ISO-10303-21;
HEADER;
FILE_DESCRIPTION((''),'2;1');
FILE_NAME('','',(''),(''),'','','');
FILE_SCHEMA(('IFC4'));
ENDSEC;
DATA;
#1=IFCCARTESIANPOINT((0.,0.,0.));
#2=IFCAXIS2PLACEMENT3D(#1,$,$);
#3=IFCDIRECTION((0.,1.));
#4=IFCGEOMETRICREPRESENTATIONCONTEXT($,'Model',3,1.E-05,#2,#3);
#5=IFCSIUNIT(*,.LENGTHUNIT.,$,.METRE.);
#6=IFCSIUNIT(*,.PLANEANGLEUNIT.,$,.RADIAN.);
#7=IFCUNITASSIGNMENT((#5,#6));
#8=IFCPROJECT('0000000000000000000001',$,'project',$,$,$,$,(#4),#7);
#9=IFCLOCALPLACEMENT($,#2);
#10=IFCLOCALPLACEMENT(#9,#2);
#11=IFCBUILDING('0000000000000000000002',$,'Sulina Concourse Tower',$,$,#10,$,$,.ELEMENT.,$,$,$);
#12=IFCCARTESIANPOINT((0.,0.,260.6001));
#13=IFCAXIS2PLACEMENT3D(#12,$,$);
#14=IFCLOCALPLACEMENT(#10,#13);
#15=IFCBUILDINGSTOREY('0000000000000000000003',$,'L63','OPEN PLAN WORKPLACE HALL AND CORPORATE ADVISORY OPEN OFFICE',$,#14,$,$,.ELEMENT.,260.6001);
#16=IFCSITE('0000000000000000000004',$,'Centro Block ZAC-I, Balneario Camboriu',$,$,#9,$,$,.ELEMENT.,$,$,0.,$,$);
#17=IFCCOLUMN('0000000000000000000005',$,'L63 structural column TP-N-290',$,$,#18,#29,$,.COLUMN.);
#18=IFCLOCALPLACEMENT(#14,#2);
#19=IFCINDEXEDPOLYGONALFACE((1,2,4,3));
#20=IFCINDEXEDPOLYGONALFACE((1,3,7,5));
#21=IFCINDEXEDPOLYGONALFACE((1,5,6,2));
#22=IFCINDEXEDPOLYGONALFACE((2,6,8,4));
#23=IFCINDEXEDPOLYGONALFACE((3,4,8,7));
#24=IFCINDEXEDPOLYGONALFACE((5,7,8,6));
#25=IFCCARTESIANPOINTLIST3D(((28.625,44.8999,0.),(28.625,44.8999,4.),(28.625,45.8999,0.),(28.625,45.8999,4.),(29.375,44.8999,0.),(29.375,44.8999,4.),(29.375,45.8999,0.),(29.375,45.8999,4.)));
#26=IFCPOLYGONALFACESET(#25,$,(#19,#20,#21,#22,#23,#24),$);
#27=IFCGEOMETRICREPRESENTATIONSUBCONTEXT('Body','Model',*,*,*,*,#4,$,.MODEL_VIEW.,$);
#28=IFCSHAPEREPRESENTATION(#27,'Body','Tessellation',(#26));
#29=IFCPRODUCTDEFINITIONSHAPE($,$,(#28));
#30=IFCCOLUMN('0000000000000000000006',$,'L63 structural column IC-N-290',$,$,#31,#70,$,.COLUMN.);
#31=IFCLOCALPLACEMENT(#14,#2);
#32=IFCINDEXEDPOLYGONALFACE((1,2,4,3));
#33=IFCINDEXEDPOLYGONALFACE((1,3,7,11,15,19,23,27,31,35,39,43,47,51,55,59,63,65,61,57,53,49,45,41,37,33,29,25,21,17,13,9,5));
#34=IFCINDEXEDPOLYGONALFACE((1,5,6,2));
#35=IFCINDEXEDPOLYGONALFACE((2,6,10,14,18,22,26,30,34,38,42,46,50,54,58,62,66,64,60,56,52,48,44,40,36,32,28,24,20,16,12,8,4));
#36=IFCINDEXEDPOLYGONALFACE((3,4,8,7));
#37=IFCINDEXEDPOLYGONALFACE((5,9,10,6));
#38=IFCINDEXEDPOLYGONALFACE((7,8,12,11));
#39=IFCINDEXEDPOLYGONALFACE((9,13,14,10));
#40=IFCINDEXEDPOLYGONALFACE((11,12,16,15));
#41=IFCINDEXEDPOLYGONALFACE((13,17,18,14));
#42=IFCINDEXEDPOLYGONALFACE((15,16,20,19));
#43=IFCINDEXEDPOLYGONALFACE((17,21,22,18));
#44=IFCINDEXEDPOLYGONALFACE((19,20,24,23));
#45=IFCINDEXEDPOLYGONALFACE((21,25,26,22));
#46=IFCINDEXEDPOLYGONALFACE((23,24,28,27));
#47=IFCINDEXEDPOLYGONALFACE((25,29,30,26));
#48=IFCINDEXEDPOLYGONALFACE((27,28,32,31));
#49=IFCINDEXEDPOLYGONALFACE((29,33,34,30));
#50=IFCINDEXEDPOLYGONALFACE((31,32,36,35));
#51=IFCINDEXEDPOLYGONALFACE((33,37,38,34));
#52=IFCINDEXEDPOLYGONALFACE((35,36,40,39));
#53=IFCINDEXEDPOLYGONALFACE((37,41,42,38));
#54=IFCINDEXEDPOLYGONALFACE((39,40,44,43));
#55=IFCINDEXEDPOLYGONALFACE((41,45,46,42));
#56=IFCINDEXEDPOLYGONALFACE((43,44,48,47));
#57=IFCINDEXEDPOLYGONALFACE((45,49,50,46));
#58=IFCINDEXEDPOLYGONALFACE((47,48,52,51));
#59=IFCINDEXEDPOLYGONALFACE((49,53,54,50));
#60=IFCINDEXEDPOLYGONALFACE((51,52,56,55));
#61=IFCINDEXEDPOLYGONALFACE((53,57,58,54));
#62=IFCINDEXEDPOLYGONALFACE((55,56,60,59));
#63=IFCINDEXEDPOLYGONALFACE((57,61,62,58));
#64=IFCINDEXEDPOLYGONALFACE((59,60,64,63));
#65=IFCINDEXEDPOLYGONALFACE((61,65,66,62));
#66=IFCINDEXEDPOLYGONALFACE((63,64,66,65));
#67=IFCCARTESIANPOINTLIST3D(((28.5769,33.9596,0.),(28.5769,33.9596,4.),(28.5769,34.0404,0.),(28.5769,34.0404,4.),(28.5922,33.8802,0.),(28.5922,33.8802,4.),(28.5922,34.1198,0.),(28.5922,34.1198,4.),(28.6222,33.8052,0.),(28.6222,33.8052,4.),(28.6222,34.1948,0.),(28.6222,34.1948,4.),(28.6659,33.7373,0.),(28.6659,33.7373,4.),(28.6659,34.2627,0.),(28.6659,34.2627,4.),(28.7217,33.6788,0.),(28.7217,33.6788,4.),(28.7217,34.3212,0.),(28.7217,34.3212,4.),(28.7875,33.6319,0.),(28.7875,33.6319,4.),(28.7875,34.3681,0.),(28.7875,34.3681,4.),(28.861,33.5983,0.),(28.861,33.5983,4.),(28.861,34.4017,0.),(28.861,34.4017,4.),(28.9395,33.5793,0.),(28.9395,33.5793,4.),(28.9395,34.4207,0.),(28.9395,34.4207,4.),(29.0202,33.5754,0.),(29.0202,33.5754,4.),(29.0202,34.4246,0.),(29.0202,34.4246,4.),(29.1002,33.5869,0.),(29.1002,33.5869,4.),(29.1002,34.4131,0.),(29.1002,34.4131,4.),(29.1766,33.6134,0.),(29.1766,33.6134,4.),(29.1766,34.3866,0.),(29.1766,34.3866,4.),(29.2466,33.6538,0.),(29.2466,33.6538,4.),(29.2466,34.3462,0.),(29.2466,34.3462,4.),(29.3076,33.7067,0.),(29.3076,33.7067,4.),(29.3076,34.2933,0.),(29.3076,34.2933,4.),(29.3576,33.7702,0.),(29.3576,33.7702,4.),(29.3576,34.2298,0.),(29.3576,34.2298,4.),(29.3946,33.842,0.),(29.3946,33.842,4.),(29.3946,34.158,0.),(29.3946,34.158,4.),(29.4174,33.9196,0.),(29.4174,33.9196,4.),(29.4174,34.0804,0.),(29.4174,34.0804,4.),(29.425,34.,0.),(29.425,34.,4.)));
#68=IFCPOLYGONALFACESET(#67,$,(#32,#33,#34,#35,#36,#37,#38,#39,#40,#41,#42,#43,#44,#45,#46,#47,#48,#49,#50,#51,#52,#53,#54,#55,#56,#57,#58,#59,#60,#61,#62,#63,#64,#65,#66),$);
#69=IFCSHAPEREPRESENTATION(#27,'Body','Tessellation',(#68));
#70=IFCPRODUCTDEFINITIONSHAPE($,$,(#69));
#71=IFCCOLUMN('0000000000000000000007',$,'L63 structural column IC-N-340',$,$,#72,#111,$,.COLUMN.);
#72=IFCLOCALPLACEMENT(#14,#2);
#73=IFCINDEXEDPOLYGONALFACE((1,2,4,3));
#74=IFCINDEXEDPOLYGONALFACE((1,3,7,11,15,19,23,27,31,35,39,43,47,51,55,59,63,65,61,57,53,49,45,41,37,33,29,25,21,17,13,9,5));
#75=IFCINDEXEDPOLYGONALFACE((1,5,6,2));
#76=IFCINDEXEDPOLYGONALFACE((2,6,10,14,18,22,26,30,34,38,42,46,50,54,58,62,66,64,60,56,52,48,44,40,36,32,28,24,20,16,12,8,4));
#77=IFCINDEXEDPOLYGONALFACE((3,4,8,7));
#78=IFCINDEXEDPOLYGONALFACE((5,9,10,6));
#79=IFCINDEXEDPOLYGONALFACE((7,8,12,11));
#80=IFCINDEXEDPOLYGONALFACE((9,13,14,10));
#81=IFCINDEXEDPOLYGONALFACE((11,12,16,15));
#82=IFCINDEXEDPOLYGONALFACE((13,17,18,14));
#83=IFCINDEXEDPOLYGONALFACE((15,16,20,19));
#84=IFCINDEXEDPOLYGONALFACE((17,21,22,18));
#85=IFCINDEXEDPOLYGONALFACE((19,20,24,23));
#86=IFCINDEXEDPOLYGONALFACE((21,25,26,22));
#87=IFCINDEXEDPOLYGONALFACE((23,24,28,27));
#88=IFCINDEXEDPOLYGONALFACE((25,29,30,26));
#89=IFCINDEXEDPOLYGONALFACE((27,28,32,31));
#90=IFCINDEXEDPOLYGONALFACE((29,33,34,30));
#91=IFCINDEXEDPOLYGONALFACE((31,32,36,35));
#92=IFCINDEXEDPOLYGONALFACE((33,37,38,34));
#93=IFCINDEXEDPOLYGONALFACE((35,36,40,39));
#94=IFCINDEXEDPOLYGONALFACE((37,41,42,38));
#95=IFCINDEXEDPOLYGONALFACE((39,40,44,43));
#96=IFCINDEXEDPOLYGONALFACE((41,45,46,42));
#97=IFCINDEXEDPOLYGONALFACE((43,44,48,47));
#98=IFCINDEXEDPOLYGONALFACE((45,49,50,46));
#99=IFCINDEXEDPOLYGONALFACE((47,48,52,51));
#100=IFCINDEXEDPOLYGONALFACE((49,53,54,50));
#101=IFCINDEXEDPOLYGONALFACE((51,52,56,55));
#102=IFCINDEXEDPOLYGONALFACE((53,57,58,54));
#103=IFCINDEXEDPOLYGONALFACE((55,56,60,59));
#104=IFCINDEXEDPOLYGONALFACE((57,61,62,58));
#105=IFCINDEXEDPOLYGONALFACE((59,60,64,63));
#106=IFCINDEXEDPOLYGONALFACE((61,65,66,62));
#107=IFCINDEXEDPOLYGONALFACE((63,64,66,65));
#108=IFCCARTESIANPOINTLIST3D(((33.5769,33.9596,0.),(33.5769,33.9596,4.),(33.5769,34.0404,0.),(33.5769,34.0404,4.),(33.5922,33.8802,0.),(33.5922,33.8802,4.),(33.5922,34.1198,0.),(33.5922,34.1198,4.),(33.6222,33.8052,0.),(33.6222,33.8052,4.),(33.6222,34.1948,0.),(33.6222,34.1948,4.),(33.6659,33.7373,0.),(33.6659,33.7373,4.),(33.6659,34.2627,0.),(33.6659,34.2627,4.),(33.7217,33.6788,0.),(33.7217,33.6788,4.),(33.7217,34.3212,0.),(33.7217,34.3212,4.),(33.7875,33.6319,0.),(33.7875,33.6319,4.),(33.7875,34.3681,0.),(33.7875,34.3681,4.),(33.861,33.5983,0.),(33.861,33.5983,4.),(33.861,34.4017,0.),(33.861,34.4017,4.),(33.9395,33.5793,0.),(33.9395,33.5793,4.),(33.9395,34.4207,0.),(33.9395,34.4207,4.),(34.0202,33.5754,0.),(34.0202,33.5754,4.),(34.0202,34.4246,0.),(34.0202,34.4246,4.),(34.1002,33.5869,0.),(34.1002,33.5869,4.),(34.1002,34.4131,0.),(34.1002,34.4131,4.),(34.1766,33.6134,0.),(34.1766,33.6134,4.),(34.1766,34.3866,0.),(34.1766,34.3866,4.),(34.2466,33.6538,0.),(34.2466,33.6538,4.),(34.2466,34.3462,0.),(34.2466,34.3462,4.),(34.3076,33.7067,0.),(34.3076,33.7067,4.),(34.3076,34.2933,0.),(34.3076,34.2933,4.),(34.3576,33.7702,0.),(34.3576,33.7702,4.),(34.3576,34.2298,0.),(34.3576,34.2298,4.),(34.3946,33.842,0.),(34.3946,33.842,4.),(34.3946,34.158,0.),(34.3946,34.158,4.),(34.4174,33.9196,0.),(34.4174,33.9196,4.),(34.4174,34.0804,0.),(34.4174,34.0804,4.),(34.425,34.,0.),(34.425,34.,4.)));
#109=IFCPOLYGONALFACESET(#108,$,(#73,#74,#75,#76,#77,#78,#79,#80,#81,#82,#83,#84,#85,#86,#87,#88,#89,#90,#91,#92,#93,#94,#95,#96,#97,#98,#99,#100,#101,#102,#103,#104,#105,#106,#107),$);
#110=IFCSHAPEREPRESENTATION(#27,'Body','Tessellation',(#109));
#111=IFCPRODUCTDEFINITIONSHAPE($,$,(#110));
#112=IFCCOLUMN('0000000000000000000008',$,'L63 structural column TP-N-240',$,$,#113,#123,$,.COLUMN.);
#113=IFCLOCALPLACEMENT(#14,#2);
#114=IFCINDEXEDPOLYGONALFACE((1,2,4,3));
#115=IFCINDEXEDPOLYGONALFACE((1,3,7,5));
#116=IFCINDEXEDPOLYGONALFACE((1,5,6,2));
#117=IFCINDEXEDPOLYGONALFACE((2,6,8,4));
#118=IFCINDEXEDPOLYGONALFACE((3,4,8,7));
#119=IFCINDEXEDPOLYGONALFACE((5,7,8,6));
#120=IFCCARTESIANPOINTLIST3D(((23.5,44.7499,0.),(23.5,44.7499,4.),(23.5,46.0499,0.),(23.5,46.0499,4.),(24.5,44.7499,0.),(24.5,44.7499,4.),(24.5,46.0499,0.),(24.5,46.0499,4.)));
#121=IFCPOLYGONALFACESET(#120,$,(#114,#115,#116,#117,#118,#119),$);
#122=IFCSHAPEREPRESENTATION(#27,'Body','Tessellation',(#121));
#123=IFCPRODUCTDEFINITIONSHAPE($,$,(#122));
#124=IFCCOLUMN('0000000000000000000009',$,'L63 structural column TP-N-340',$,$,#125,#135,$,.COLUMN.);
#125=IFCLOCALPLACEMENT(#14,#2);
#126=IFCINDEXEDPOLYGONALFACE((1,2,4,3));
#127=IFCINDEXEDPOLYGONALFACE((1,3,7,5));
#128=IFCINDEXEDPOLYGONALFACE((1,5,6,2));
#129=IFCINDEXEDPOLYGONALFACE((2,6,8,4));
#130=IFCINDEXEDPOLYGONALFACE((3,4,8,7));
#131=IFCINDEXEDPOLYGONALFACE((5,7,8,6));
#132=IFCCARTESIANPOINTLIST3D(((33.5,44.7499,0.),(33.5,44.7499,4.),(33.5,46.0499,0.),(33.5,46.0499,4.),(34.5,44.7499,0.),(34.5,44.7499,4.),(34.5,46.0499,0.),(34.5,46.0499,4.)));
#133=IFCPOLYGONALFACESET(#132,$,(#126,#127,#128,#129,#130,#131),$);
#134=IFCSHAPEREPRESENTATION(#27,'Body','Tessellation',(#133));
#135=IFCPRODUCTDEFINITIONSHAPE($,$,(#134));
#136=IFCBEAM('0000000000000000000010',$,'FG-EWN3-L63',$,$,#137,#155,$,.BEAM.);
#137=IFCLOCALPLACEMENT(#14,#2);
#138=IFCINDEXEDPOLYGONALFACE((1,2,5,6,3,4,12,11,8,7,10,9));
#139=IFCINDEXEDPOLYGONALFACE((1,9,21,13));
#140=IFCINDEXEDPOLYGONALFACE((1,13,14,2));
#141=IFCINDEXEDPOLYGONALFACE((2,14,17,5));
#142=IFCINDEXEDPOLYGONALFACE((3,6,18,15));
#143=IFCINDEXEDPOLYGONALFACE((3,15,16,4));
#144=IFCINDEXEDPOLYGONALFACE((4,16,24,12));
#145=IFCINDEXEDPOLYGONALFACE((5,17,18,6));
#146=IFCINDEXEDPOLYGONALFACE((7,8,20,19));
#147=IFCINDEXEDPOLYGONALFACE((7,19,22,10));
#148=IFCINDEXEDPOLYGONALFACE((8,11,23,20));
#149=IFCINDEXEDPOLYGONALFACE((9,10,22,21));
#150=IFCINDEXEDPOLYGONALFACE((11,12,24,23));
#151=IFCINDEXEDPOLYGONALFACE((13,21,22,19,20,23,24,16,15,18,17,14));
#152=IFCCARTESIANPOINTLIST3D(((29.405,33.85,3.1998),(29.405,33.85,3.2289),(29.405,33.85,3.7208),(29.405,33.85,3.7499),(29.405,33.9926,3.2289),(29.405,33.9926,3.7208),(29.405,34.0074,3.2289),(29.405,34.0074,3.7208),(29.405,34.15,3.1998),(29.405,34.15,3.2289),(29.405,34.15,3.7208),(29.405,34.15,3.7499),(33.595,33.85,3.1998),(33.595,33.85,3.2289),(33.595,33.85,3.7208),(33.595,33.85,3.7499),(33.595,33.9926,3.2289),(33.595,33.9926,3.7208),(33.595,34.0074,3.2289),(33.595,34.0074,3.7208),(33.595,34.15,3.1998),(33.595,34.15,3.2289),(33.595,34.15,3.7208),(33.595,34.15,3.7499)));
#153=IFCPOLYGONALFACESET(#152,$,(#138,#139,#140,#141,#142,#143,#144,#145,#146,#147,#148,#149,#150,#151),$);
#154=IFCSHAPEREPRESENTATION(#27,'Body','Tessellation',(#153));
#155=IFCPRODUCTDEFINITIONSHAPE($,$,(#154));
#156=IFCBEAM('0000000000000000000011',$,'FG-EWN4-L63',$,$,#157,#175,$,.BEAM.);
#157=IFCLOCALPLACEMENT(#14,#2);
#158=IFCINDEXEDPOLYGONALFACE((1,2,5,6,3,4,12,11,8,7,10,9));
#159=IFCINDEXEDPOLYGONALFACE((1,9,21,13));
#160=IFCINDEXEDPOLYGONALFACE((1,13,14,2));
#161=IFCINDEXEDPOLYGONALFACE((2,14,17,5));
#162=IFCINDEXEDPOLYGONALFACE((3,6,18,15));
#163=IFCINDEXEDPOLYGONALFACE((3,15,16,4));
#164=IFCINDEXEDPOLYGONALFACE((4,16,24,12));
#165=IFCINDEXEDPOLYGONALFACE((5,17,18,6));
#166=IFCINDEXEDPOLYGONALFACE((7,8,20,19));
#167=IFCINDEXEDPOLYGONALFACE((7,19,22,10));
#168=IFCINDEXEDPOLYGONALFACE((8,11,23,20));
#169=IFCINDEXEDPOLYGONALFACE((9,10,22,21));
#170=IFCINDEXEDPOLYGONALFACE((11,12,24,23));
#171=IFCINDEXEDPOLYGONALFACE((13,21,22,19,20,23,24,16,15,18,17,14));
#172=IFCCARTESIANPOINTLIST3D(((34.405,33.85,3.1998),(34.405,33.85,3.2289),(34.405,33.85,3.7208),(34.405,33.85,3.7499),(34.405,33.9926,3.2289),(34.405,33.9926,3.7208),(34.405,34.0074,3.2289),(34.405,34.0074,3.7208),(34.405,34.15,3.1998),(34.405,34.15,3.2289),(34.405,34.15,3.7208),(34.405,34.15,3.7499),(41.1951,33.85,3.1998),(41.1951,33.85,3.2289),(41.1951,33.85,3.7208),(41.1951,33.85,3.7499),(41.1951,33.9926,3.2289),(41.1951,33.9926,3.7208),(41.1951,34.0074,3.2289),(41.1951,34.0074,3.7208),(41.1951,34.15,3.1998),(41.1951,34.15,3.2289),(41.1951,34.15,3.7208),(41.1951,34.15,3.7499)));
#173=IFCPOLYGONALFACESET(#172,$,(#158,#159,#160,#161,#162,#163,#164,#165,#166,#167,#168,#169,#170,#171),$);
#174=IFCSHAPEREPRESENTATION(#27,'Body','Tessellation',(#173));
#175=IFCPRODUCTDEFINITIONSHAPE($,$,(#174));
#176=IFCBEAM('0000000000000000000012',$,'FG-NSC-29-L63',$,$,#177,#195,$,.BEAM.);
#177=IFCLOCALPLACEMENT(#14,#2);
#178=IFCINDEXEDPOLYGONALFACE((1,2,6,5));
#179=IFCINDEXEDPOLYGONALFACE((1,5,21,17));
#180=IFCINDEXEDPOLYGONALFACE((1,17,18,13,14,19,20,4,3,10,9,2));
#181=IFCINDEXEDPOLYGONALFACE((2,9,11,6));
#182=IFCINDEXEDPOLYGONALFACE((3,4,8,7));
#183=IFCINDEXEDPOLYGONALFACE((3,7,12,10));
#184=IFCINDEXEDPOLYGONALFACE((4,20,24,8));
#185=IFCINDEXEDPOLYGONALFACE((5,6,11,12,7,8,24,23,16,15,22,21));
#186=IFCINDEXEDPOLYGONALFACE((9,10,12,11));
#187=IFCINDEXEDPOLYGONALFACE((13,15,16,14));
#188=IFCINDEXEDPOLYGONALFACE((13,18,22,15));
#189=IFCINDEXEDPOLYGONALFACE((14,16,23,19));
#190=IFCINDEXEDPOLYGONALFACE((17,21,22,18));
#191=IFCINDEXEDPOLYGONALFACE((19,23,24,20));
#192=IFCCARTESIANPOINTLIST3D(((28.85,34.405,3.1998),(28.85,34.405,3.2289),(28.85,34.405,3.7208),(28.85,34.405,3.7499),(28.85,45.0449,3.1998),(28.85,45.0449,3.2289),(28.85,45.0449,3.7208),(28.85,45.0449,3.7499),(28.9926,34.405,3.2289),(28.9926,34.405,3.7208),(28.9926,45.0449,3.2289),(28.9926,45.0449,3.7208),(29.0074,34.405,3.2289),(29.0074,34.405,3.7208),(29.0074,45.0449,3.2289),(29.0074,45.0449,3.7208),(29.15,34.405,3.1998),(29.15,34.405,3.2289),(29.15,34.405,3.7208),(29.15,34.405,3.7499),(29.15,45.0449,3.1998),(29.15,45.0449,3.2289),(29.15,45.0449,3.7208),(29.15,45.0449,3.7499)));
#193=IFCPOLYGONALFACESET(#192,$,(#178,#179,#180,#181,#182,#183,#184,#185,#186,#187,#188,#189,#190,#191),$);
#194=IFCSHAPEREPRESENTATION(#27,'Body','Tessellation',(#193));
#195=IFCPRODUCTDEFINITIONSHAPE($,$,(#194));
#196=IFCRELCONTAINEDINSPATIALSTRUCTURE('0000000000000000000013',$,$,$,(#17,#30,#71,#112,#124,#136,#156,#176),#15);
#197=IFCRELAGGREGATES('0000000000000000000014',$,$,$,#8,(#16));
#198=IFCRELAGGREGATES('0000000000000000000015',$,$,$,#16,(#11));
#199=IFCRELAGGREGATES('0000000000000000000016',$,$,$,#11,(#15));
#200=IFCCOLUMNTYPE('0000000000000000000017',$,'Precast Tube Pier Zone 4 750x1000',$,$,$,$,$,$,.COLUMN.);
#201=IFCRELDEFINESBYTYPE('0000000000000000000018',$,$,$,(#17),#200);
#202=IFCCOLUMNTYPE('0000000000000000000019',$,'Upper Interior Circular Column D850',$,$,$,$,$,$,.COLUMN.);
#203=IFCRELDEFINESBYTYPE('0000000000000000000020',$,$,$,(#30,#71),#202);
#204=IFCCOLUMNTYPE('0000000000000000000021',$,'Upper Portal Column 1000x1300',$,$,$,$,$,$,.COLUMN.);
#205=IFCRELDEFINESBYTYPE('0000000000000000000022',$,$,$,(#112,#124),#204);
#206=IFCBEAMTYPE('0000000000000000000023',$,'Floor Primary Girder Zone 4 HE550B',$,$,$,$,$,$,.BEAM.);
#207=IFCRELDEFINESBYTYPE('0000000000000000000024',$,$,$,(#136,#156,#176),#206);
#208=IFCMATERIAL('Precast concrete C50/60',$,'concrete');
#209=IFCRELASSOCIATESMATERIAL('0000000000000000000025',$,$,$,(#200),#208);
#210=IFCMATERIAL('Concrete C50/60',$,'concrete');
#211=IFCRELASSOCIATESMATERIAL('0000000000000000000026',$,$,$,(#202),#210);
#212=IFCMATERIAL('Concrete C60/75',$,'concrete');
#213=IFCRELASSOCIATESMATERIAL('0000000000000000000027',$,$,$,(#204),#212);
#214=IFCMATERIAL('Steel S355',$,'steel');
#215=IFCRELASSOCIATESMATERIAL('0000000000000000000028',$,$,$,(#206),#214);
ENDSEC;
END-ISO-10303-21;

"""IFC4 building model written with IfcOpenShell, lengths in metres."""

from ifc_helpers import new_model, si_unit, direction, frame, origin, origin_2d, place, context, subcontext, project, spatial, rectangle, circle, i_section, extrude, material, material_profile, profile_set, type_object, element, save


model = new_model("IFC4")

# Units and contexts
model_context = context("Model", 3, precision=1e-05, world=origin(), true_north=direction((0.0, 1.0)))
body_context = subcontext(model_context, "Body", "Model", "MODEL_VIEW")
ifc_project = project(units=[si_unit("LENGTHUNIT", "METRE"), si_unit("PLANEANGLEUNIT", "RADIAN")], contexts=[model_context])

# Site, building, storey
site_placement = place(None, origin())
site = spatial("IfcSite", under=ifc_project, at=site_placement, Name="Centro Block ZAC-I, Balneario Camboriu", CompositionType="ELEMENT", RefElevation=0.0)
building_placement = place(site_placement, origin())
building = spatial("IfcBuilding", under=site, at=building_placement, Name="Sulina Concourse Tower", CompositionType="ELEMENT")
storey_placement = place(building_placement, frame((0.0, 0.0, 260.6001)))
storey = spatial("IfcBuildingStorey", under=building, at=storey_placement, Name="L63", Description="OPEN PLAN WORKPLACE HALL AND CORPORATE ADVISORY OPEN OFFICE", CompositionType="ELEMENT", Elevation=260.6001)

# Columns
ifc_material_1 = material(Name="Precast concrete C50/60", Category="concrete")
ifc_material_profile_1 = material_profile(ifc_material_1, rectangle(XDim=0.75, YDim=1.0, at=origin_2d()), Name="PC 750x1000")
ifc_profile_set_1 = profile_set([ifc_material_profile_1], Name="Precast concrete C50/60")
column_type_1 = type_object("IfcColumnType", Name="Precast Tube Pier Zone 4 750x1000", PredefinedType="COLUMN", material=ifc_profile_set_1)
column_placement = place(storey_placement, frame((29.0, 45.3999, 0.0), z_axis=(0.0, 0.0, 1.0), x_axis=(1.0, 0.0, 0.0)))
element("IfcColumn", 1, at=column_placement, inside=storey, type_object=column_type_1, Name="L63 structural column TP-N-290", PredefinedType="COLUMN", context=body_context, shape_type="SweptSolid", body=[
    extrude(rectangle(XDim=0.75, YDim=1.0, at=origin_2d()), origin(), (0.0, 0.0, 1.0), 4.0),
])
ifc_material_2 = material(Name="Concrete C50/60", Category="concrete")
ifc_material_profile_2 = material_profile(ifc_material_2, circle(Radius=0.425, at=origin_2d()), Name="RC D850")
ifc_profile_set_2 = profile_set([ifc_material_profile_2], Name="Concrete C50/60")
column_type_2 = type_object("IfcColumnType", Name="Upper Interior Circular Column D850", PredefinedType="COLUMN", material=ifc_profile_set_2)
for number, where, z_axis, x_axis, name in (
    (2, (29.0, 34.0, 0.0), (0.0, 0.0, 1.0), (1.0, 0.0, 0.0), "L63 structural column IC-N-290"),
    (3, (34.0, 34.0, 0.0), (0.0, 0.0, 1.0), (1.0, 0.0, 0.0), "L63 structural column IC-N-340"),
):
    element("IfcColumn", number, at=place(storey_placement, frame(where, z_axis=z_axis, x_axis=x_axis)), inside=storey, type_object=column_type_2, Name=name, PredefinedType="COLUMN", context=body_context, shape_type="SweptSolid", body=[
        extrude(circle(Radius=0.425, at=origin_2d()), origin(), (0.0, 0.0, 1.0), 4.0),
    ])
ifc_material_3 = material(Name="Concrete C60/75", Category="concrete")
ifc_material_profile_3 = material_profile(ifc_material_3, rectangle(XDim=1.0, YDim=1.3, at=origin_2d()), Name="RC 1000x1300")
ifc_profile_set_3 = profile_set([ifc_material_profile_3], Name="Concrete C60/75")
column_type_3 = type_object("IfcColumnType", Name="Upper Portal Column 1000x1300", PredefinedType="COLUMN", material=ifc_profile_set_3)
for number, where, z_axis, x_axis, name in (
    (4, (24.0, 45.3999, 0.0), (0.0, 0.0, 1.0), (1.0, 0.0, 0.0), "L63 structural column TP-N-240"),
    (5, (34.0, 45.3999, 0.0), (0.0, 0.0, 1.0), (1.0, 0.0, 0.0), "L63 structural column TP-N-340"),
):
    element("IfcColumn", number, at=place(storey_placement, frame(where, z_axis=z_axis, x_axis=x_axis)), inside=storey, type_object=column_type_3, Name=name, PredefinedType="COLUMN", context=body_context, shape_type="SweptSolid", body=[
        extrude(rectangle(XDim=1.0, YDim=1.3, at=origin_2d()), origin(), (0.0, 0.0, 1.0), 4.0),
    ])

# Beams
ifc_material_4 = material(Name="Steel S355", Category="steel")
ifc_material_profile_4 = material_profile(ifc_material_4, i_section(OverallWidth=0.3, OverallDepth=0.55, WebThickness=0.0149, FlangeThickness=0.0291, at=origin_2d()), Name="HE 550 B")
ifc_profile_set_4 = profile_set([ifc_material_profile_4], Name="Steel S355")
beam_type_1 = type_object("IfcBeamType", Name="Floor Primary Girder Zone 4 HE550B", PredefinedType="BEAM", material=ifc_profile_set_4)
beam_1_placement = place(storey_placement, frame((29.405, 34.0, 3.4749), z_axis=(1.0, 0.0, 0.0), x_axis=(0.0, 1.0, 0.0)))
element("IfcBeam", 6, at=beam_1_placement, inside=storey, type_object=beam_type_1, Name="FG-EWN3-L63", PredefinedType="BEAM", context=body_context, shape_type="SweptSolid", body=[
    extrude(i_section(OverallWidth=0.3, OverallDepth=0.55, WebThickness=0.0149, FlangeThickness=0.0291, at=origin_2d()), origin(), (0.0, 0.0, 1.0), 4.1899),
])
beam_2_placement = place(storey_placement, frame((34.405, 34.0, 3.4749), z_axis=(1.0, 0.0, 0.0), x_axis=(0.0, 1.0, 0.0)))
element("IfcBeam", 7, at=beam_2_placement, inside=storey, type_object=beam_type_1, Name="FG-EWN4-L63", PredefinedType="BEAM", context=body_context, shape_type="SweptSolid", body=[
    extrude(i_section(OverallWidth=0.3, OverallDepth=0.55, WebThickness=0.0149, FlangeThickness=0.0291, at=origin_2d()), origin(), (0.0, 0.0, 1.0), 6.79),
])
beam_3_placement = place(storey_placement, frame((29.0, 34.405, 3.4749), z_axis=(0.0, 1.0, 0.0), x_axis=(-1.0, 0.0, 0.0)))
element("IfcBeam", 8, at=beam_3_placement, inside=storey, type_object=beam_type_1, Name="FG-NSC-29-L63", PredefinedType="BEAM", context=body_context, shape_type="SweptSolid", body=[
    extrude(i_section(OverallWidth=0.3, OverallDepth=0.55, WebThickness=0.0149, FlangeThickness=0.0291, at=origin_2d()), origin(), (0.0, 0.0, 1.0), 10.6399),
])

save(model, "model.ifc")
